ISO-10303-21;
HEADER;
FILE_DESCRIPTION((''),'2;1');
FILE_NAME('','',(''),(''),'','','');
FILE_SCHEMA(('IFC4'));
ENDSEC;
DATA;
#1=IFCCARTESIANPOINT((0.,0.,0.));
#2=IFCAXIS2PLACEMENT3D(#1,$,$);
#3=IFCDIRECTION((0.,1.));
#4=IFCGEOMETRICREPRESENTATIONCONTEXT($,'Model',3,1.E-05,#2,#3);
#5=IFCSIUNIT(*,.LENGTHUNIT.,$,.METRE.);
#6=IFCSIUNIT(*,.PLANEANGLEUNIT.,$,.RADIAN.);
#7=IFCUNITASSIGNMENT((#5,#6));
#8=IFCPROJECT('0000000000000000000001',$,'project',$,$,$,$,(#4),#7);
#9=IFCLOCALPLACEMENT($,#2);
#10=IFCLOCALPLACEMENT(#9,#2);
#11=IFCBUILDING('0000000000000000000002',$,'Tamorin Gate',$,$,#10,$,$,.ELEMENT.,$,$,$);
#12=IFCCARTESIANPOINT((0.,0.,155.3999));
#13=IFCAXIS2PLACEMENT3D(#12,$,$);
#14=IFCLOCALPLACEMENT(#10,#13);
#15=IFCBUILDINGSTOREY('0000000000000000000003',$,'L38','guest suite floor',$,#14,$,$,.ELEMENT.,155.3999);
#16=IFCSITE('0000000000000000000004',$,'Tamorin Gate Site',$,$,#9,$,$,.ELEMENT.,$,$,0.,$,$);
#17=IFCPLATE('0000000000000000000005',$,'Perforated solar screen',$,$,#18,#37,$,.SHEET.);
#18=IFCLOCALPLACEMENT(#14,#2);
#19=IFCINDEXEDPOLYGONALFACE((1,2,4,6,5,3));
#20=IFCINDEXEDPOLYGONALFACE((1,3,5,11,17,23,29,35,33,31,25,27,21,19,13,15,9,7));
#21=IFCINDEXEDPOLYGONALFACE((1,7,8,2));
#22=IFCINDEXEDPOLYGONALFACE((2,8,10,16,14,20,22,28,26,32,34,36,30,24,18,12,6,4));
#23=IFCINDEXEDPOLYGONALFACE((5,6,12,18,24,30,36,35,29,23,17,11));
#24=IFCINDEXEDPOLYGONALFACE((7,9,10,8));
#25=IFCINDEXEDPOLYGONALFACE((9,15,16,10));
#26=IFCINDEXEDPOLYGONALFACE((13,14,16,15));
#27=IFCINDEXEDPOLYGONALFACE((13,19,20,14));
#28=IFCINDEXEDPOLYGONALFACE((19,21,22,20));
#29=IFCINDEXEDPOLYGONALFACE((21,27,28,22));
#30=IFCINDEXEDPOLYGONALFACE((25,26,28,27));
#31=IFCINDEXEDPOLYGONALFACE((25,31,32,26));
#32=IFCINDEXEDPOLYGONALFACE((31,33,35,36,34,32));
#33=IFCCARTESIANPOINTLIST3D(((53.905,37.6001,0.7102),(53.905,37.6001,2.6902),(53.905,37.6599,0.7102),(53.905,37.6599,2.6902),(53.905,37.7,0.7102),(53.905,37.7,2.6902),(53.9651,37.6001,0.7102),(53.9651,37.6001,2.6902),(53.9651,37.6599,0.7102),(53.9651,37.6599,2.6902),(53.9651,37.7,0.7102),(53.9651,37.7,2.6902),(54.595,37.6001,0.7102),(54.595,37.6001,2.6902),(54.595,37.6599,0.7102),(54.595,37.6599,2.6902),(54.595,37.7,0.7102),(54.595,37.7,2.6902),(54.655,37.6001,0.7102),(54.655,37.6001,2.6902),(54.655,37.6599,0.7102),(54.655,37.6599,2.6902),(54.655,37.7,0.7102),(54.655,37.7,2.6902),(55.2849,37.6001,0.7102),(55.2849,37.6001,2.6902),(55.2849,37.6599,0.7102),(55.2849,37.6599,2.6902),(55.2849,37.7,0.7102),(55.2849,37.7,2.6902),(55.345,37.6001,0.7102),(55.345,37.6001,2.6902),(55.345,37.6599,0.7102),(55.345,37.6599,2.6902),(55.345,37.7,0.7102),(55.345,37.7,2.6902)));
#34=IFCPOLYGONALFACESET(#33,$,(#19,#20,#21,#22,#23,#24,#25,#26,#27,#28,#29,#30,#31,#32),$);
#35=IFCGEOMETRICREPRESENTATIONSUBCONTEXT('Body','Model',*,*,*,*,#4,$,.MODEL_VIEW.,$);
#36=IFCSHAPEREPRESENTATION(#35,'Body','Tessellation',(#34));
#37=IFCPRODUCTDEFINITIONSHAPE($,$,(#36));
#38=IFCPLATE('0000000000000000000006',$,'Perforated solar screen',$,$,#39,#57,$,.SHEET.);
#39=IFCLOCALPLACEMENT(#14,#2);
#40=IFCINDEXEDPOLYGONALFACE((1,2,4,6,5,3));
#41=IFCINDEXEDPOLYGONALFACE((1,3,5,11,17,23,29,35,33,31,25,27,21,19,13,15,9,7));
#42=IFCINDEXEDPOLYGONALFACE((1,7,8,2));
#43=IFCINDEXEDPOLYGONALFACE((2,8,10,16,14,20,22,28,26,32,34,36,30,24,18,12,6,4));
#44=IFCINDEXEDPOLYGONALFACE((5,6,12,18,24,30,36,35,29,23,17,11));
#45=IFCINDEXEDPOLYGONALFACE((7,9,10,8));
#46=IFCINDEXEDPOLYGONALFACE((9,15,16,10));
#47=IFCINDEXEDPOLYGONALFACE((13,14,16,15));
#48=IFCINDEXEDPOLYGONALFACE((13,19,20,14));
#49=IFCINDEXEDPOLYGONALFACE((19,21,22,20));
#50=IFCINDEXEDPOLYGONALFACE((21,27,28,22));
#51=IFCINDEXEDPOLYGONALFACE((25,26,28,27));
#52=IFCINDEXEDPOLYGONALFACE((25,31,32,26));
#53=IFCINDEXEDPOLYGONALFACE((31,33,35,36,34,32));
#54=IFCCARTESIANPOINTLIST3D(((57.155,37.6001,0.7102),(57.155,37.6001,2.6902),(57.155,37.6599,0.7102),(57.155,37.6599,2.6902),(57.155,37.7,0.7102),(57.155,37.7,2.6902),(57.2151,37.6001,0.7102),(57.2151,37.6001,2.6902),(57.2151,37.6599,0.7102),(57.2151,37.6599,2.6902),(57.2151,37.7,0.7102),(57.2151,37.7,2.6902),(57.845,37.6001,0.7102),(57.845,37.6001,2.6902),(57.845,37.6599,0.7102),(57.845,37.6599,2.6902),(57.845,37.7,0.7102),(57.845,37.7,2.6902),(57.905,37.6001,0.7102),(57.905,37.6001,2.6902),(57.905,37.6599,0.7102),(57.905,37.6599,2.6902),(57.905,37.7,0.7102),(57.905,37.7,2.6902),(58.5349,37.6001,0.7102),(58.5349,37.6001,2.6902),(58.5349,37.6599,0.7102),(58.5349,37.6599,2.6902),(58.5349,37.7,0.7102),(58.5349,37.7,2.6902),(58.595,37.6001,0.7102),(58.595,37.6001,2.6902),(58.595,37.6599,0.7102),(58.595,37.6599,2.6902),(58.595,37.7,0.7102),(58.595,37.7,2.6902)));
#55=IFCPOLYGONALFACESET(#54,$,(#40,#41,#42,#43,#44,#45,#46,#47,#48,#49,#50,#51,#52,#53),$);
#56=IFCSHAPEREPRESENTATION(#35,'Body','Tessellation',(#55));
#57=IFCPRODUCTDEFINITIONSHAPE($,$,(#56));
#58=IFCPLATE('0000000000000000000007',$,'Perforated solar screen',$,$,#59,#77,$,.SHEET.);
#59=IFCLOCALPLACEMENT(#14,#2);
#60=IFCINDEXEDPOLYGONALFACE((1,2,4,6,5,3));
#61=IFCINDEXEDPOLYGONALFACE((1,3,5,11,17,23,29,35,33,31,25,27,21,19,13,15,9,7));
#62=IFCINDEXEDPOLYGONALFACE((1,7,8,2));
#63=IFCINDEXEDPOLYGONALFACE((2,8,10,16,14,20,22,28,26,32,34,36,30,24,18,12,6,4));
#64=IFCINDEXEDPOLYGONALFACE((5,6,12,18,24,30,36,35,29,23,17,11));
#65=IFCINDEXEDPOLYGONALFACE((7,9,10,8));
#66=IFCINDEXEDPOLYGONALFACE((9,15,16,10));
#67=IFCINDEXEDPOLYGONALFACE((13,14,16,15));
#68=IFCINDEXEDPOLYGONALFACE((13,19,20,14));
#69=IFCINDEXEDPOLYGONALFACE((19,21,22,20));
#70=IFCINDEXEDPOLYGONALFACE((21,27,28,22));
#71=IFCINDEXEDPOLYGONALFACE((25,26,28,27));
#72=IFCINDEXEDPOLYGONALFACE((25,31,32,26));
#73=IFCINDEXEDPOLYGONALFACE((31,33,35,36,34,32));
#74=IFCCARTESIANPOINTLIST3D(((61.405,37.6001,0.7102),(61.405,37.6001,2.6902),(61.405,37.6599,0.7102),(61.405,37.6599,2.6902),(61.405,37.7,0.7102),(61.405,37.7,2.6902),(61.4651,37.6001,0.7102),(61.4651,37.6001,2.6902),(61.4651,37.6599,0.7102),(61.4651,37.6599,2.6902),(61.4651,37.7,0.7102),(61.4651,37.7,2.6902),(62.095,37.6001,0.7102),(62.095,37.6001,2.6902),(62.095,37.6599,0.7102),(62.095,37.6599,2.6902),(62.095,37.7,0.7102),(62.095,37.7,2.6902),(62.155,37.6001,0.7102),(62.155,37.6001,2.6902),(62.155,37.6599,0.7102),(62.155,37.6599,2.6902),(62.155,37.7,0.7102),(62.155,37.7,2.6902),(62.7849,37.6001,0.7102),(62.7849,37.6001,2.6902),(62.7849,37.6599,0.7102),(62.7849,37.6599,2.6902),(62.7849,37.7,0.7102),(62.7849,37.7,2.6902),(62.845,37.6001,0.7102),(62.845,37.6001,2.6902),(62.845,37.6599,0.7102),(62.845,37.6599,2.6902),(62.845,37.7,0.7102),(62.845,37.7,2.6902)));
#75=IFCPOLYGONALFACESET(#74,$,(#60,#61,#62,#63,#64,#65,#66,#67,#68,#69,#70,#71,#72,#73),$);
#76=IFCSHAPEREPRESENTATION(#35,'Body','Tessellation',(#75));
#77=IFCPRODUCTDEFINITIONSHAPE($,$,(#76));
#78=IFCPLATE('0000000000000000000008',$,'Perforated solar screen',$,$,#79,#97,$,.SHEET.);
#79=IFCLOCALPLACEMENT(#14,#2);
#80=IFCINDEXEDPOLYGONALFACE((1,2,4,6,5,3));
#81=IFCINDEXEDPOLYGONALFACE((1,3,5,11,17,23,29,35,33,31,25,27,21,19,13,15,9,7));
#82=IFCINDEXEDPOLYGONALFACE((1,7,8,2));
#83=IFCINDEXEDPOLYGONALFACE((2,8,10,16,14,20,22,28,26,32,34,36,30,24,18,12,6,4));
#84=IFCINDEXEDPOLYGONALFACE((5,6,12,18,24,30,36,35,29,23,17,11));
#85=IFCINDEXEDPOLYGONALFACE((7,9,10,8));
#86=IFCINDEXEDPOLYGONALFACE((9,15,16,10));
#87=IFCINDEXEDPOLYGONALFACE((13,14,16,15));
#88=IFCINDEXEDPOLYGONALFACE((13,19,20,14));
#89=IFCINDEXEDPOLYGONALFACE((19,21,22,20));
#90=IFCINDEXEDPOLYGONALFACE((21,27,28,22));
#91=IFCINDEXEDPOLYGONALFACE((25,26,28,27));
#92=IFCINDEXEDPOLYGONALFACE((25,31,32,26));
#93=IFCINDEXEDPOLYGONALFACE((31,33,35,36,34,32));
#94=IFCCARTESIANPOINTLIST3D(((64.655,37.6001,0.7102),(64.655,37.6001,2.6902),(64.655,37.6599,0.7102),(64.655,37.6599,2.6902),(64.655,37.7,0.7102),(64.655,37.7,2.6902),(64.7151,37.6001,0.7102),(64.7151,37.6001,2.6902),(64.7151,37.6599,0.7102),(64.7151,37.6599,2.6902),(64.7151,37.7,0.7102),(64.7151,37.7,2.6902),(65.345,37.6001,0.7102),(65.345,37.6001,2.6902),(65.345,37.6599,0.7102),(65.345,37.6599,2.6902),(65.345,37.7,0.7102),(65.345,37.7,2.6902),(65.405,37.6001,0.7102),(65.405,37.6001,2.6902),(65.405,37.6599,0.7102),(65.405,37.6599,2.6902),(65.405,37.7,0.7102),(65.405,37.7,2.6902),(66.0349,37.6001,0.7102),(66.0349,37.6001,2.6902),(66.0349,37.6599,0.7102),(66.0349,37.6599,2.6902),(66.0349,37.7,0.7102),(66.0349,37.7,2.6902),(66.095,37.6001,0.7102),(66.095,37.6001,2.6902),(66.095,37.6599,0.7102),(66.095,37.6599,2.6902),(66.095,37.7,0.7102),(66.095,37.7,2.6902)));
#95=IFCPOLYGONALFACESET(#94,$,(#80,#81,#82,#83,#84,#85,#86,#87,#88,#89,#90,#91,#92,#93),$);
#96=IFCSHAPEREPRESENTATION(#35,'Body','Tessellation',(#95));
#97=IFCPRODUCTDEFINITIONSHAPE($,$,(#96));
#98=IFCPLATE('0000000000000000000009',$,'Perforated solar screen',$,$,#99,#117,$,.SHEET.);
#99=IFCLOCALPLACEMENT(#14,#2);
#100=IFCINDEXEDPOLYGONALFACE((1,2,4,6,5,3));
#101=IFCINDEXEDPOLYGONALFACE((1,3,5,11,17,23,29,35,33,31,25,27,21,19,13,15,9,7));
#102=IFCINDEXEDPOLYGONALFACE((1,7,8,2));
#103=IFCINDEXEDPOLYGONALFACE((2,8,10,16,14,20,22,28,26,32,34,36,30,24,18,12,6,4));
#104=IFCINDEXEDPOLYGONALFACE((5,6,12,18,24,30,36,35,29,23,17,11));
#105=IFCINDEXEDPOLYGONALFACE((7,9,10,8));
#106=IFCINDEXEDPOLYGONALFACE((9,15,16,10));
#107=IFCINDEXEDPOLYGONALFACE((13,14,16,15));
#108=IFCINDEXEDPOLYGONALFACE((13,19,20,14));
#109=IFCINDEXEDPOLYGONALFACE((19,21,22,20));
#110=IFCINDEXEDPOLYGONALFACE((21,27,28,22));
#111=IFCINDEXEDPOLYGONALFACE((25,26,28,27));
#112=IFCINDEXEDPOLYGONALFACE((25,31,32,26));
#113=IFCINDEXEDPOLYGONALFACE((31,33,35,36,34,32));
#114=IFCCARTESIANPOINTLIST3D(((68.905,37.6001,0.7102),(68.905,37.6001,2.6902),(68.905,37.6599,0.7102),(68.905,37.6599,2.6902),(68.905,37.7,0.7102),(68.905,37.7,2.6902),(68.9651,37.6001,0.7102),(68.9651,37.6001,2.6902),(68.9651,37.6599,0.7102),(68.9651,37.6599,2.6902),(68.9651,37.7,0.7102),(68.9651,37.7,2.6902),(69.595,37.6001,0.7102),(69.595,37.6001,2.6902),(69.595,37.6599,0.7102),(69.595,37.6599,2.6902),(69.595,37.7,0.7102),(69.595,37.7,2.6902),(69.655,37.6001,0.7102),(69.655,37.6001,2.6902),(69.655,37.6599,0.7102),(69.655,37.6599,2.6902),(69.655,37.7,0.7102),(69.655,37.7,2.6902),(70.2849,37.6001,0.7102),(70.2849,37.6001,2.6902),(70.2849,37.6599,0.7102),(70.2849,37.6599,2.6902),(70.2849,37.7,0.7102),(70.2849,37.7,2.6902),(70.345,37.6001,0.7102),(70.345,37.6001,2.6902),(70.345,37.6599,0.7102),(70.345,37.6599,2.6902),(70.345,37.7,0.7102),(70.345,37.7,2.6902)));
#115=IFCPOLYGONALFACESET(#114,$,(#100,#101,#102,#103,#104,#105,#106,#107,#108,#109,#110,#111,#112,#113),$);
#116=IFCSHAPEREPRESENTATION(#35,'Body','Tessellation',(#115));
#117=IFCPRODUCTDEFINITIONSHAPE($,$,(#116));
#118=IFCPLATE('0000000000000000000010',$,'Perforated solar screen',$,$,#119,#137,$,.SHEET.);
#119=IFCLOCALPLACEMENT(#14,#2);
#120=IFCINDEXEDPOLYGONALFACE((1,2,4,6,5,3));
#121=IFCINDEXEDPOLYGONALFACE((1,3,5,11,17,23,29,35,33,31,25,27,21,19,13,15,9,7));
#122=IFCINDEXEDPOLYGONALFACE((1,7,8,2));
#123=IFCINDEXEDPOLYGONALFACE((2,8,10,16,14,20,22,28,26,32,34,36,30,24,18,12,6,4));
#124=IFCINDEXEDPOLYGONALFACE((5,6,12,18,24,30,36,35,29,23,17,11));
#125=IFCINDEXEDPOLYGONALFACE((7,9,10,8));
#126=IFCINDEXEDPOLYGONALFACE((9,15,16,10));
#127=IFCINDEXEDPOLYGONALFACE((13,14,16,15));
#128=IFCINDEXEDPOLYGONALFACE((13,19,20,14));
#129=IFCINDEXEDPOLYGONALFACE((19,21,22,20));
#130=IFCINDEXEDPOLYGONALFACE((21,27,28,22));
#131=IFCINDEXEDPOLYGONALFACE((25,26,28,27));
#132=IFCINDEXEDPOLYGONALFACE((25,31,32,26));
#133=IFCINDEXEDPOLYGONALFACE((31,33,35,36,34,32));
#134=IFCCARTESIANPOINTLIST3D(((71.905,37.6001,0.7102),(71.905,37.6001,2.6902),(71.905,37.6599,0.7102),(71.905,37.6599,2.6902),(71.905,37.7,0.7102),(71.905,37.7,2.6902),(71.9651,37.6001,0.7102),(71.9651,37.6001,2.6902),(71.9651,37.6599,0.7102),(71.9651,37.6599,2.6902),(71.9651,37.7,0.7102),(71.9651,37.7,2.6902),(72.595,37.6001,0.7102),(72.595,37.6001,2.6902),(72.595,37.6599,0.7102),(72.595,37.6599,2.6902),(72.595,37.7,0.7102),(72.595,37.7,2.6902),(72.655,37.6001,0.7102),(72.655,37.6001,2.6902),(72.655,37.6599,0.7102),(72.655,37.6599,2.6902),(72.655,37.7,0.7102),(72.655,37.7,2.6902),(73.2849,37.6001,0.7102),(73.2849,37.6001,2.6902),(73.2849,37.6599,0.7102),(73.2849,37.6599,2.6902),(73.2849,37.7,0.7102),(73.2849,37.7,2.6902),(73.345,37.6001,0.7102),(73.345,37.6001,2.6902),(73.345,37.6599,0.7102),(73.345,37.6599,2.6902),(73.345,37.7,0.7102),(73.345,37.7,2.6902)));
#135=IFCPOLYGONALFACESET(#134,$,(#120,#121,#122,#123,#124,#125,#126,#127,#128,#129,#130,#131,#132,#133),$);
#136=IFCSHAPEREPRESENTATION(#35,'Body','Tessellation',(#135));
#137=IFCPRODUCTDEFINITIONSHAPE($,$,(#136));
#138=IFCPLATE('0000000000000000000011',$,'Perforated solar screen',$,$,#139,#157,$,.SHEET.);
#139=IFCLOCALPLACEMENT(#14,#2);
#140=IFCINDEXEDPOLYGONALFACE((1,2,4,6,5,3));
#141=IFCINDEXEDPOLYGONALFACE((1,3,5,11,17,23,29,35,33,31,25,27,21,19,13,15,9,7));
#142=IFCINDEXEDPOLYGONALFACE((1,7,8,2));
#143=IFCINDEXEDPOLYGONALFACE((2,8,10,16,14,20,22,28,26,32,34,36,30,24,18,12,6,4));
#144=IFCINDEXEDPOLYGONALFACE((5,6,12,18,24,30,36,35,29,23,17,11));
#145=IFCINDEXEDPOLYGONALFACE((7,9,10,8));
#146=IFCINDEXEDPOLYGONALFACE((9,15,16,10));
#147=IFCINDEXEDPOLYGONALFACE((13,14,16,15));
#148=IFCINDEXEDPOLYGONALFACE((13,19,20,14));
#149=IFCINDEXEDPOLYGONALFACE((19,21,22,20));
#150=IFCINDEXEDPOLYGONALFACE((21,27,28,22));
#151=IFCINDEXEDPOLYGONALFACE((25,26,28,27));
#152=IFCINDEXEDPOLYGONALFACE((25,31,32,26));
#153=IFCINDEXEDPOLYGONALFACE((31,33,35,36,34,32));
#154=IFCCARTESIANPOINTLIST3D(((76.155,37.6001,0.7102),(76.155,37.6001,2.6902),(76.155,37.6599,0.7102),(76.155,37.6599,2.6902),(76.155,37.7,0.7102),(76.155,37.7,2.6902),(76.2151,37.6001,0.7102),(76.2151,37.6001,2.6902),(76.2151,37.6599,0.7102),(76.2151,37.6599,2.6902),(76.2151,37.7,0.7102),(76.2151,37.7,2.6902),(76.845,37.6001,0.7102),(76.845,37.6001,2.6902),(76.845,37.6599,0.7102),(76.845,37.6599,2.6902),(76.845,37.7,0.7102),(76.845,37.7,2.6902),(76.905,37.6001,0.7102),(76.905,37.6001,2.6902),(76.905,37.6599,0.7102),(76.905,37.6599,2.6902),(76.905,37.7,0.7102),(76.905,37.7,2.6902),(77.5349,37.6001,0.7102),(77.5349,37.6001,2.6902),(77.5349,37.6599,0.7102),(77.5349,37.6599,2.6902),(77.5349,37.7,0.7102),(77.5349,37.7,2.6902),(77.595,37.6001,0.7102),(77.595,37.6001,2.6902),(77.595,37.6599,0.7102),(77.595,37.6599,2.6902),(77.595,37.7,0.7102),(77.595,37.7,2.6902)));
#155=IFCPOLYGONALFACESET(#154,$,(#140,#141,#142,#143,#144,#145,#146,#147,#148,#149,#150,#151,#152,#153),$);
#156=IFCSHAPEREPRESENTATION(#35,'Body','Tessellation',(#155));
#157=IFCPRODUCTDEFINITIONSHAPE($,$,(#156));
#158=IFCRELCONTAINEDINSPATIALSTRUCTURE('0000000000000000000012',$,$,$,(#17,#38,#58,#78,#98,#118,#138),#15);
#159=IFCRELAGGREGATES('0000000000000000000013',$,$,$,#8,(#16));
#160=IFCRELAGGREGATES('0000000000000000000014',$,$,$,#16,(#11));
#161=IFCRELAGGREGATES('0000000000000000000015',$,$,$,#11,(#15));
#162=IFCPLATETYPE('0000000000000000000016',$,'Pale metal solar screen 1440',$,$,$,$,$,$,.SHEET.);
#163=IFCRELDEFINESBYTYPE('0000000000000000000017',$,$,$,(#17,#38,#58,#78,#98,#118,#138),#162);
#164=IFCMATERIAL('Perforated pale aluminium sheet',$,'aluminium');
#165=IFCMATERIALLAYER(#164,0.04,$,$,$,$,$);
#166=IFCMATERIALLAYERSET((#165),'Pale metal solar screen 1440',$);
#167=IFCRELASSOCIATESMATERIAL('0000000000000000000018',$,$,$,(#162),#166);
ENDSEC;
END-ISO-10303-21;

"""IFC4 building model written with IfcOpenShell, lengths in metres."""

from ifc_helpers import new_model, si_unit, direction, frame, origin, place, context, subcontext, project, spatial, polyline, outline, extrude, material, layer, layer_set, type_object, element, save


model = new_model("IFC4")

# Units and contexts
model_context = context("Model", 3, precision=1e-05, world=origin(), true_north=direction((0.0, 1.0)))
body_context = subcontext(model_context, "Body", "Model", "MODEL_VIEW")
ifc_project = project(units=[si_unit("LENGTHUNIT", "METRE"), si_unit("PLANEANGLEUNIT", "RADIAN")], contexts=[model_context])

# Site, building, storey
site_placement = place(None, origin())
site = spatial("IfcSite", under=ifc_project, at=site_placement, Name="Tamorin Gate Site", CompositionType="ELEMENT", RefElevation=0.0)
building_placement = place(site_placement, origin())
building = spatial("IfcBuilding", under=site, at=building_placement, Name="Tamorin Gate", CompositionType="ELEMENT")
storey_placement = place(building_placement, frame((0.0, 0.0, 155.3999)))
storey = spatial("IfcBuildingStorey", under=building, at=storey_placement, Name="L38", Description="guest suite floor", CompositionType="ELEMENT", Elevation=155.3999)

# Plates
ifc_material_1 = material(Name="Perforated pale aluminium sheet", Category="aluminium")
ifc_layer_1 = layer(ifc_material_1, 0.04)
ifc_layer_set_1 = layer_set([ifc_layer_1], Name="Pale metal solar screen 1440")
plate_type_1 = type_object("IfcPlateType", Name="Pale metal solar screen 1440", PredefinedType="SHEET", material=ifc_layer_set_1)
plate_1_placement = place(storey_placement, frame((0.0, 0.0, 0.7102)))
element("IfcPlate", 1, at=plate_1_placement, inside=storey, type_object=plate_type_1, Name="Perforated solar screen", PredefinedType="SHEET", context=body_context, shape_type="SweptSolid", body=[
    extrude(outline(polyline([(53.905, 37.6599), (53.905, 37.7), (53.9651, 37.7), (54.595, 37.7), (54.655, 37.7), (55.2849, 37.7), (55.345, 37.7), (55.345, 37.6599), (55.345, 37.6001), (55.2849, 37.6001), (55.2849, 37.6599), (54.655, 37.6599), (54.655, 37.6001), (54.595, 37.6001), (54.595, 37.6599), (53.9651, 37.6599), (53.9651, 37.6001), (53.905, 37.6001), (53.905, 37.6599)])), origin(), (0.0, 0.0, 1.0), 1.98),
])
plate_2_placement = place(storey_placement, frame((0.0, 0.0, 0.7102)))
element("IfcPlate", 2, at=plate_2_placement, inside=storey, type_object=plate_type_1, Name="Perforated solar screen", PredefinedType="SHEET", context=body_context, shape_type="SweptSolid", body=[
    extrude(outline(polyline([(57.155, 37.6599), (57.155, 37.7), (57.2151, 37.7), (57.845, 37.7), (57.905, 37.7), (58.5349, 37.7), (58.595, 37.7), (58.595, 37.6599), (58.595, 37.6001), (58.5349, 37.6001), (58.5349, 37.6599), (57.905, 37.6599), (57.905, 37.6001), (57.845, 37.6001), (57.845, 37.6599), (57.2151, 37.6599), (57.2151, 37.6001), (57.155, 37.6001), (57.155, 37.6599)])), origin(), (0.0, 0.0, 1.0), 1.98),
])
plate_3_placement = place(storey_placement, frame((0.0, 0.0, 0.7102)))
element("IfcPlate", 3, at=plate_3_placement, inside=storey, type_object=plate_type_1, Name="Perforated solar screen", PredefinedType="SHEET", context=body_context, shape_type="SweptSolid", body=[
    extrude(outline(polyline([(61.405, 37.6599), (61.405, 37.7), (61.4651, 37.7), (62.095, 37.7), (62.155, 37.7), (62.7849, 37.7), (62.845, 37.7), (62.845, 37.6599), (62.845, 37.6001), (62.7849, 37.6001), (62.7849, 37.6599), (62.155, 37.6599), (62.155, 37.6001), (62.095, 37.6001), (62.095, 37.6599), (61.4651, 37.6599), (61.4651, 37.6001), (61.405, 37.6001), (61.405, 37.6599)])), origin(), (0.0, 0.0, 1.0), 1.98),
])
plate_4_placement = place(storey_placement, frame((0.0, 0.0, 0.7102)))
element("IfcPlate", 4, at=plate_4_placement, inside=storey, type_object=plate_type_1, Name="Perforated solar screen", PredefinedType="SHEET", context=body_context, shape_type="SweptSolid", body=[
    extrude(outline(polyline([(64.655, 37.6599), (64.655, 37.7), (64.7151, 37.7), (65.345, 37.7), (65.405, 37.7), (66.0349, 37.7), (66.095, 37.7), (66.095, 37.6599), (66.095, 37.6001), (66.0349, 37.6001), (66.0349, 37.6599), (65.405, 37.6599), (65.405, 37.6001), (65.345, 37.6001), (65.345, 37.6599), (64.7151, 37.6599), (64.7151, 37.6001), (64.655, 37.6001), (64.655, 37.6599)])), origin(), (0.0, 0.0, 1.0), 1.98),
])
plate_5_placement = place(storey_placement, frame((0.0, 0.0, 0.7102)))
element("IfcPlate", 5, at=plate_5_placement, inside=storey, type_object=plate_type_1, Name="Perforated solar screen", PredefinedType="SHEET", context=body_context, shape_type="SweptSolid", body=[
    extrude(outline(polyline([(68.905, 37.6599), (68.905, 37.7), (68.9651, 37.7), (69.595, 37.7), (69.655, 37.7), (70.2849, 37.7), (70.345, 37.7), (70.345, 37.6599), (70.345, 37.6001), (70.2849, 37.6001), (70.2849, 37.6599), (69.655, 37.6599), (69.655, 37.6001), (69.595, 37.6001), (69.595, 37.6599), (68.9651, 37.6599), (68.9651, 37.6001), (68.905, 37.6001), (68.905, 37.6599)])), origin(), (0.0, 0.0, 1.0), 1.98),
])
plate_6_placement = place(storey_placement, frame((0.0, 0.0, 0.7102)))
element("IfcPlate", 6, at=plate_6_placement, inside=storey, type_object=plate_type_1, Name="Perforated solar screen", PredefinedType="SHEET", context=body_context, shape_type="SweptSolid", body=[
    extrude(outline(polyline([(71.905, 37.6599), (71.905, 37.7), (71.9651, 37.7), (72.595, 37.7), (72.655, 37.7), (73.2849, 37.7), (73.345, 37.7), (73.345, 37.6599), (73.345, 37.6001), (73.2849, 37.6001), (73.2849, 37.6599), (72.655, 37.6599), (72.655, 37.6001), (72.595, 37.6001), (72.595, 37.6599), (71.9651, 37.6599), (71.9651, 37.6001), (71.905, 37.6001), (71.905, 37.6599)])), origin(), (0.0, 0.0, 1.0), 1.98),
])
plate_7_placement = place(storey_placement, frame((0.0, 0.0, 0.7102)))
element("IfcPlate", 7, at=plate_7_placement, inside=storey, type_object=plate_type_1, Name="Perforated solar screen", PredefinedType="SHEET", context=body_context, shape_type="SweptSolid", body=[
    extrude(outline(polyline([(76.155, 37.6599), (76.155, 37.7), (76.2151, 37.7), (76.845, 37.7), (76.905, 37.7), (77.5349, 37.7), (77.595, 37.7), (77.595, 37.6599), (77.595, 37.6001), (77.5349, 37.6001), (77.5349, 37.6599), (76.905, 37.6599), (76.905, 37.6001), (76.845, 37.6001), (76.845, 37.6599), (76.2151, 37.6599), (76.2151, 37.6001), (76.155, 37.6001), (76.155, 37.6599)])), origin(), (0.0, 0.0, 1.0), 1.98),
])

save(model, "model.ifc")
